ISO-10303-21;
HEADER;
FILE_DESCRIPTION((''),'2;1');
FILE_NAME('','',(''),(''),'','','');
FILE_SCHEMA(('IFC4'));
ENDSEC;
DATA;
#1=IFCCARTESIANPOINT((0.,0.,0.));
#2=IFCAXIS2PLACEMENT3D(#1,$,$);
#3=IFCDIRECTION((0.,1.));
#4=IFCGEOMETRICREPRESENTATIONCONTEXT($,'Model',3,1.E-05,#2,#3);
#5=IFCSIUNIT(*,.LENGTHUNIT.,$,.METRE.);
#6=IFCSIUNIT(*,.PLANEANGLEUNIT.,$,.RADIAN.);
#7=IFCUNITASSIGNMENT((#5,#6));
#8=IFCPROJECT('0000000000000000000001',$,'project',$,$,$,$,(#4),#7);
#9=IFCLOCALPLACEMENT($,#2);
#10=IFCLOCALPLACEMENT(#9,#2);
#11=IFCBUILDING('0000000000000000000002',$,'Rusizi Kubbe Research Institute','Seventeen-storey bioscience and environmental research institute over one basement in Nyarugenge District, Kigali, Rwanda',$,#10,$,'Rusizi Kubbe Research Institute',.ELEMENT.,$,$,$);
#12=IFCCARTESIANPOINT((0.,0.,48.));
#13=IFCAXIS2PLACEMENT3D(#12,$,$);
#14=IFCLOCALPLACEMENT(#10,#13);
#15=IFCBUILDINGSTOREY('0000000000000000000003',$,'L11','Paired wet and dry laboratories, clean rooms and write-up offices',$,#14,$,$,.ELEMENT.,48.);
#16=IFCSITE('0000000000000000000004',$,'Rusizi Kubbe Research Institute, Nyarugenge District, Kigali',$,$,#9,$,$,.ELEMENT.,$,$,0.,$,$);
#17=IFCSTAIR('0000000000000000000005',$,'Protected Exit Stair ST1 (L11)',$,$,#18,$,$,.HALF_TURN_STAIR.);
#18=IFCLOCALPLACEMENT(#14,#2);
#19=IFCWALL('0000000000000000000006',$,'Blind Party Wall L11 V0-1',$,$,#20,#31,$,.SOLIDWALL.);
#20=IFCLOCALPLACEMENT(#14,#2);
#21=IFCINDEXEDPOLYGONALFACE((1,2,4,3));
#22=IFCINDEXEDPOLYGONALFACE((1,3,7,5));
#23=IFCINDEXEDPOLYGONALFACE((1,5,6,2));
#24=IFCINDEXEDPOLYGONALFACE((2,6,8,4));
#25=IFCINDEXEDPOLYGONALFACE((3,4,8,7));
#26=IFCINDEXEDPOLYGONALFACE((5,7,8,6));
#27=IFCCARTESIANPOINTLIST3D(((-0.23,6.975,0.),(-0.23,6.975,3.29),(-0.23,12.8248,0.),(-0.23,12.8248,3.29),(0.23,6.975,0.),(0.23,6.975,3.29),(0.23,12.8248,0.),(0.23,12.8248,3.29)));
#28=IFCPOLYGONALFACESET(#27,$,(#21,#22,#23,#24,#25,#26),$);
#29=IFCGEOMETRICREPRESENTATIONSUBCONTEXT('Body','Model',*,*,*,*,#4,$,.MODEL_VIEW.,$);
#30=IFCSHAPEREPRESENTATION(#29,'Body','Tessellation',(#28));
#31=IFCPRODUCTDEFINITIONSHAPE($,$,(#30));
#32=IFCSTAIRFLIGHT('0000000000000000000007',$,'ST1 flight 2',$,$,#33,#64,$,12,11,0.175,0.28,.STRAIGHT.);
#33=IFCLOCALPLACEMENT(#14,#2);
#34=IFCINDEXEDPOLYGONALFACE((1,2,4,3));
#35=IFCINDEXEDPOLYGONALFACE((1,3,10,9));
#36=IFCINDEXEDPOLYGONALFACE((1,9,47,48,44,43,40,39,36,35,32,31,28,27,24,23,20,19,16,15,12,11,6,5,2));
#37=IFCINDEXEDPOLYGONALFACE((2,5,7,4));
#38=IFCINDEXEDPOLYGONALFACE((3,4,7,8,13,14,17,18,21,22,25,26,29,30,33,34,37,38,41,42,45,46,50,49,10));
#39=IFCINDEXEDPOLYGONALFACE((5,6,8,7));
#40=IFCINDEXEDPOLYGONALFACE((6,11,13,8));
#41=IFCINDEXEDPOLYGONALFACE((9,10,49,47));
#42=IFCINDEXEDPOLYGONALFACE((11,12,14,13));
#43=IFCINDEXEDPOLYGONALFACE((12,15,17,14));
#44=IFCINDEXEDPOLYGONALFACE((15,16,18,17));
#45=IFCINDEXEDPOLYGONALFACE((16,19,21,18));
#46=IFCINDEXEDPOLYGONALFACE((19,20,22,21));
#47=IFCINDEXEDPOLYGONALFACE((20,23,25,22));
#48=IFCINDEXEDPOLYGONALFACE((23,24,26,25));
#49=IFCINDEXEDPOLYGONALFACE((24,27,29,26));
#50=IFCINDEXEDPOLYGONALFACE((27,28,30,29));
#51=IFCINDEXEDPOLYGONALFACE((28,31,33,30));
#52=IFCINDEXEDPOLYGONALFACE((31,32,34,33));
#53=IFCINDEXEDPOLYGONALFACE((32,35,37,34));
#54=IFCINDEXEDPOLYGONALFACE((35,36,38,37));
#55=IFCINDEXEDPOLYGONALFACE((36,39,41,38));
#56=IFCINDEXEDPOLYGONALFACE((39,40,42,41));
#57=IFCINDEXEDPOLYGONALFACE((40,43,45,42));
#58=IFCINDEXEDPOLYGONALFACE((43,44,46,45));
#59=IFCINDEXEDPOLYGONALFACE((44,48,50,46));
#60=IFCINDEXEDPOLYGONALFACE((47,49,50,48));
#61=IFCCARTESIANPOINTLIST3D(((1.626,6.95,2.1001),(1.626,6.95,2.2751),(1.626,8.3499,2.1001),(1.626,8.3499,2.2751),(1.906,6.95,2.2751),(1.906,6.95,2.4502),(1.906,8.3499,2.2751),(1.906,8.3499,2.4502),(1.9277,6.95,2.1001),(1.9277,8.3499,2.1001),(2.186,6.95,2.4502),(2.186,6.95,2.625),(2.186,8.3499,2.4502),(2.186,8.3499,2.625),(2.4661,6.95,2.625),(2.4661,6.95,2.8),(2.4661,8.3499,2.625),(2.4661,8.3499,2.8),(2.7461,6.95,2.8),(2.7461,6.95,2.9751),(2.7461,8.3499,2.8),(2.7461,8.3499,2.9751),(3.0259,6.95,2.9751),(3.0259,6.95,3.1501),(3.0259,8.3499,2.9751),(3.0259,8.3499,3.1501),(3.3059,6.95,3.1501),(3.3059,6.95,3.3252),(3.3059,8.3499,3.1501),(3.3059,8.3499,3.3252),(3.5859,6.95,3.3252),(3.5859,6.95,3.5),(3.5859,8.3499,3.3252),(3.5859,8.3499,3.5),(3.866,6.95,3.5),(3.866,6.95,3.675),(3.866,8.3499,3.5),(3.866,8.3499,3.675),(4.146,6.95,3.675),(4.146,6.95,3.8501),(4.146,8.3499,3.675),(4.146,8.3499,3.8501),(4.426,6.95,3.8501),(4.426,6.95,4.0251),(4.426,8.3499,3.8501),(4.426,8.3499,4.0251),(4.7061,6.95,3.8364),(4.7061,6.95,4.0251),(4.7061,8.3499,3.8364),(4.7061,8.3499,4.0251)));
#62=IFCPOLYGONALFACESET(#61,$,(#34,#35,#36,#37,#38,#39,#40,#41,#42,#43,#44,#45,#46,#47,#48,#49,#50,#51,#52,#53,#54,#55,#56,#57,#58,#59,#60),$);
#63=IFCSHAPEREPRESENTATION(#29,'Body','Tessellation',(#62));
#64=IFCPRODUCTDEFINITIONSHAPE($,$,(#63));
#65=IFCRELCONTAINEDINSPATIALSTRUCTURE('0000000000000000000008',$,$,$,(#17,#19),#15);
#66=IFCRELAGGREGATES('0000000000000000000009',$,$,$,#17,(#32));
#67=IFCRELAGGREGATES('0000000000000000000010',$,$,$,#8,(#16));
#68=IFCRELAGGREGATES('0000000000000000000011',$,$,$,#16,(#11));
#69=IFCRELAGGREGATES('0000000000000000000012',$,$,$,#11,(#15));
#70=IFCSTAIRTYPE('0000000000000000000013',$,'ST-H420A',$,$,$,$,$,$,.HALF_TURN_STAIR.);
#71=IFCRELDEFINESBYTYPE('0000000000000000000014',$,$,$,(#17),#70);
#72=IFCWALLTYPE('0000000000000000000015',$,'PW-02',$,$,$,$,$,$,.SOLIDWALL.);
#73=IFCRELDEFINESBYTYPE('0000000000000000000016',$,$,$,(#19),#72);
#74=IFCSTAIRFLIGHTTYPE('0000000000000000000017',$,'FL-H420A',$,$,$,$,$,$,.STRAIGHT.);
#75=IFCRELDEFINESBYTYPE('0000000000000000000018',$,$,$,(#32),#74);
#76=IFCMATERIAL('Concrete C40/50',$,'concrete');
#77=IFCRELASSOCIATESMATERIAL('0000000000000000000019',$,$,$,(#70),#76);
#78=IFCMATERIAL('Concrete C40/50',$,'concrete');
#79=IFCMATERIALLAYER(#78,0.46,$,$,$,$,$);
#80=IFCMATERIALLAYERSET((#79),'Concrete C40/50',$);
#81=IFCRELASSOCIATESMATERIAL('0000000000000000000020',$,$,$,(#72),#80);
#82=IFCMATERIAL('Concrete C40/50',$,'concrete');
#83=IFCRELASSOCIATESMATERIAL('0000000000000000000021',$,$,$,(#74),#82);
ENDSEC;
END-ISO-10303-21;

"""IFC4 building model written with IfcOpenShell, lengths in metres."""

from ifc_helpers import new_model, si_unit, direction, frame, frame_2d, origin, place, context, subcontext, project, spatial, polyline, rectangle, outline, extrude, material, layer, layer_set, type_object, element, aggregate, save


model = new_model("IFC4")

# Units and contexts
model_context = context("Model", 3, precision=1e-05, world=origin(), true_north=direction((0.0, 1.0)))
body_context = subcontext(model_context, "Body", "Model", "MODEL_VIEW")
ifc_project = project(units=[si_unit("LENGTHUNIT", "METRE"), si_unit("PLANEANGLEUNIT", "RADIAN")], contexts=[model_context])

# Site, building, storey
site_placement = place(None, origin())
site = spatial("IfcSite", under=ifc_project, at=site_placement, Name="Rusizi Kubbe Research Institute, Nyarugenge District, Kigali", CompositionType="ELEMENT", RefElevation=0.0)
building_placement = place(site_placement, origin())
building = spatial("IfcBuilding", under=site, at=building_placement, Name="Rusizi Kubbe Research Institute", Description="Seventeen-storey bioscience and environmental research institute over one basement in Nyarugenge District, Kigali, Rwanda", LongName="Rusizi Kubbe Research Institute", CompositionType="ELEMENT")
storey_placement = place(building_placement, frame((0.0, 0.0, 48.0)))
storey = spatial("IfcBuildingStorey", under=building, at=storey_placement, Name="L11", Description="Paired wet and dry laboratories, clean rooms and write-up offices", CompositionType="ELEMENT", Elevation=48.0)

# Stair
ifc_material_1 = material(Name="Concrete C40/50", Category="concrete")
stair_type_1 = type_object("IfcStairType", Name="ST-H420A", PredefinedType="HALF_TURN_STAIR", material=ifc_material_1)
stair_1_placement = place(storey_placement, origin())
stair_1 = element("IfcStair", 1, at=stair_1_placement, inside=storey, type_object=stair_type_1, Name="Protected Exit Stair ST1 (L11)", PredefinedType="HALF_TURN_STAIR")

# Wall
ifc_material_2 = material(Name="Concrete C40/50", Category="concrete")
ifc_layer_1 = layer(ifc_material_2, 0.46)
ifc_layer_set_1 = layer_set([ifc_layer_1], Name="Concrete C40/50")
wall_type_1 = type_object("IfcWallType", Name="PW-02", PredefinedType="SOLIDWALL", material=ifc_layer_set_1)
wall_1_placement = place(storey_placement, frame((0.0, 6.9751, 0.0), z_axis=(0.0, 0.0, 1.0), x_axis=(0.0, 1.0, 0.0)))
element("IfcWall", 2, at=wall_1_placement, inside=storey, type_object=wall_type_1, Name="Blind Party Wall L11 V0-1", PredefinedType="SOLIDWALL", context=body_context, shape_type="SweptSolid", body=[
    extrude(rectangle(XDim=5.8499, YDim=0.46, at=frame_2d((2.9248, 0.0))), origin(), (0.0, 0.0, 1.0), 3.29),
])

# Stair flight
ifc_material_3 = material(Name="Concrete C40/50", Category="concrete")
stair_flight_type = type_object("IfcStairFlightType", Name="FL-H420A", PredefinedType="STRAIGHT", material=ifc_material_3)
stair_flight_placement = place(storey_placement, frame((1.626, 7.6499, 2.1001), z_axis=(0.0, 0.0, 1.0), x_axis=(1.0, 0.0, 0.0)))
stair_flight = element("IfcStairFlight", 3, at=stair_flight_placement, type_object=stair_flight_type, Name="ST1 flight 2", NumberOfRisers=12, NumberOfTreads=11, PredefinedType="STRAIGHT", RiserHeight=0.175, TreadLength=0.28, context=body_context, shape_type="SweptSolid", body=[
    extrude(outline(polyline([(0.0, 0.0), (0.0, 0.175), (0.28, 0.175), (0.28, 0.3501), (0.5601, 0.3501), (0.5601, 0.5249), (0.8401, 0.5249), (0.8401, 0.7), (1.1201, 0.7), (1.1201, 0.875), (1.3999, 0.875), (1.3999, 1.05), (1.6799, 1.05), (1.6799, 1.2251), (1.96, 1.2251), (1.96, 1.3999), (2.24, 1.3999), (2.24, 1.575), (2.52, 1.575), (2.52, 1.75), (2.8, 1.75), (2.8, 1.925), (3.0801, 1.925), (3.0801, 2.1001), (3.0801, 1.7363), (0.3018, 0.0), (0.0, 0.0)])), frame((0.0, 0.7, 0.0), z_axis=(0.0, -1.0, 0.0), x_axis=(1.0, 0.0, 0.0)), (0.0, 0.0, 1.0), 1.3999),
])
aggregate(stair_1, [stair_flight])

save(model, "model.ifc")
